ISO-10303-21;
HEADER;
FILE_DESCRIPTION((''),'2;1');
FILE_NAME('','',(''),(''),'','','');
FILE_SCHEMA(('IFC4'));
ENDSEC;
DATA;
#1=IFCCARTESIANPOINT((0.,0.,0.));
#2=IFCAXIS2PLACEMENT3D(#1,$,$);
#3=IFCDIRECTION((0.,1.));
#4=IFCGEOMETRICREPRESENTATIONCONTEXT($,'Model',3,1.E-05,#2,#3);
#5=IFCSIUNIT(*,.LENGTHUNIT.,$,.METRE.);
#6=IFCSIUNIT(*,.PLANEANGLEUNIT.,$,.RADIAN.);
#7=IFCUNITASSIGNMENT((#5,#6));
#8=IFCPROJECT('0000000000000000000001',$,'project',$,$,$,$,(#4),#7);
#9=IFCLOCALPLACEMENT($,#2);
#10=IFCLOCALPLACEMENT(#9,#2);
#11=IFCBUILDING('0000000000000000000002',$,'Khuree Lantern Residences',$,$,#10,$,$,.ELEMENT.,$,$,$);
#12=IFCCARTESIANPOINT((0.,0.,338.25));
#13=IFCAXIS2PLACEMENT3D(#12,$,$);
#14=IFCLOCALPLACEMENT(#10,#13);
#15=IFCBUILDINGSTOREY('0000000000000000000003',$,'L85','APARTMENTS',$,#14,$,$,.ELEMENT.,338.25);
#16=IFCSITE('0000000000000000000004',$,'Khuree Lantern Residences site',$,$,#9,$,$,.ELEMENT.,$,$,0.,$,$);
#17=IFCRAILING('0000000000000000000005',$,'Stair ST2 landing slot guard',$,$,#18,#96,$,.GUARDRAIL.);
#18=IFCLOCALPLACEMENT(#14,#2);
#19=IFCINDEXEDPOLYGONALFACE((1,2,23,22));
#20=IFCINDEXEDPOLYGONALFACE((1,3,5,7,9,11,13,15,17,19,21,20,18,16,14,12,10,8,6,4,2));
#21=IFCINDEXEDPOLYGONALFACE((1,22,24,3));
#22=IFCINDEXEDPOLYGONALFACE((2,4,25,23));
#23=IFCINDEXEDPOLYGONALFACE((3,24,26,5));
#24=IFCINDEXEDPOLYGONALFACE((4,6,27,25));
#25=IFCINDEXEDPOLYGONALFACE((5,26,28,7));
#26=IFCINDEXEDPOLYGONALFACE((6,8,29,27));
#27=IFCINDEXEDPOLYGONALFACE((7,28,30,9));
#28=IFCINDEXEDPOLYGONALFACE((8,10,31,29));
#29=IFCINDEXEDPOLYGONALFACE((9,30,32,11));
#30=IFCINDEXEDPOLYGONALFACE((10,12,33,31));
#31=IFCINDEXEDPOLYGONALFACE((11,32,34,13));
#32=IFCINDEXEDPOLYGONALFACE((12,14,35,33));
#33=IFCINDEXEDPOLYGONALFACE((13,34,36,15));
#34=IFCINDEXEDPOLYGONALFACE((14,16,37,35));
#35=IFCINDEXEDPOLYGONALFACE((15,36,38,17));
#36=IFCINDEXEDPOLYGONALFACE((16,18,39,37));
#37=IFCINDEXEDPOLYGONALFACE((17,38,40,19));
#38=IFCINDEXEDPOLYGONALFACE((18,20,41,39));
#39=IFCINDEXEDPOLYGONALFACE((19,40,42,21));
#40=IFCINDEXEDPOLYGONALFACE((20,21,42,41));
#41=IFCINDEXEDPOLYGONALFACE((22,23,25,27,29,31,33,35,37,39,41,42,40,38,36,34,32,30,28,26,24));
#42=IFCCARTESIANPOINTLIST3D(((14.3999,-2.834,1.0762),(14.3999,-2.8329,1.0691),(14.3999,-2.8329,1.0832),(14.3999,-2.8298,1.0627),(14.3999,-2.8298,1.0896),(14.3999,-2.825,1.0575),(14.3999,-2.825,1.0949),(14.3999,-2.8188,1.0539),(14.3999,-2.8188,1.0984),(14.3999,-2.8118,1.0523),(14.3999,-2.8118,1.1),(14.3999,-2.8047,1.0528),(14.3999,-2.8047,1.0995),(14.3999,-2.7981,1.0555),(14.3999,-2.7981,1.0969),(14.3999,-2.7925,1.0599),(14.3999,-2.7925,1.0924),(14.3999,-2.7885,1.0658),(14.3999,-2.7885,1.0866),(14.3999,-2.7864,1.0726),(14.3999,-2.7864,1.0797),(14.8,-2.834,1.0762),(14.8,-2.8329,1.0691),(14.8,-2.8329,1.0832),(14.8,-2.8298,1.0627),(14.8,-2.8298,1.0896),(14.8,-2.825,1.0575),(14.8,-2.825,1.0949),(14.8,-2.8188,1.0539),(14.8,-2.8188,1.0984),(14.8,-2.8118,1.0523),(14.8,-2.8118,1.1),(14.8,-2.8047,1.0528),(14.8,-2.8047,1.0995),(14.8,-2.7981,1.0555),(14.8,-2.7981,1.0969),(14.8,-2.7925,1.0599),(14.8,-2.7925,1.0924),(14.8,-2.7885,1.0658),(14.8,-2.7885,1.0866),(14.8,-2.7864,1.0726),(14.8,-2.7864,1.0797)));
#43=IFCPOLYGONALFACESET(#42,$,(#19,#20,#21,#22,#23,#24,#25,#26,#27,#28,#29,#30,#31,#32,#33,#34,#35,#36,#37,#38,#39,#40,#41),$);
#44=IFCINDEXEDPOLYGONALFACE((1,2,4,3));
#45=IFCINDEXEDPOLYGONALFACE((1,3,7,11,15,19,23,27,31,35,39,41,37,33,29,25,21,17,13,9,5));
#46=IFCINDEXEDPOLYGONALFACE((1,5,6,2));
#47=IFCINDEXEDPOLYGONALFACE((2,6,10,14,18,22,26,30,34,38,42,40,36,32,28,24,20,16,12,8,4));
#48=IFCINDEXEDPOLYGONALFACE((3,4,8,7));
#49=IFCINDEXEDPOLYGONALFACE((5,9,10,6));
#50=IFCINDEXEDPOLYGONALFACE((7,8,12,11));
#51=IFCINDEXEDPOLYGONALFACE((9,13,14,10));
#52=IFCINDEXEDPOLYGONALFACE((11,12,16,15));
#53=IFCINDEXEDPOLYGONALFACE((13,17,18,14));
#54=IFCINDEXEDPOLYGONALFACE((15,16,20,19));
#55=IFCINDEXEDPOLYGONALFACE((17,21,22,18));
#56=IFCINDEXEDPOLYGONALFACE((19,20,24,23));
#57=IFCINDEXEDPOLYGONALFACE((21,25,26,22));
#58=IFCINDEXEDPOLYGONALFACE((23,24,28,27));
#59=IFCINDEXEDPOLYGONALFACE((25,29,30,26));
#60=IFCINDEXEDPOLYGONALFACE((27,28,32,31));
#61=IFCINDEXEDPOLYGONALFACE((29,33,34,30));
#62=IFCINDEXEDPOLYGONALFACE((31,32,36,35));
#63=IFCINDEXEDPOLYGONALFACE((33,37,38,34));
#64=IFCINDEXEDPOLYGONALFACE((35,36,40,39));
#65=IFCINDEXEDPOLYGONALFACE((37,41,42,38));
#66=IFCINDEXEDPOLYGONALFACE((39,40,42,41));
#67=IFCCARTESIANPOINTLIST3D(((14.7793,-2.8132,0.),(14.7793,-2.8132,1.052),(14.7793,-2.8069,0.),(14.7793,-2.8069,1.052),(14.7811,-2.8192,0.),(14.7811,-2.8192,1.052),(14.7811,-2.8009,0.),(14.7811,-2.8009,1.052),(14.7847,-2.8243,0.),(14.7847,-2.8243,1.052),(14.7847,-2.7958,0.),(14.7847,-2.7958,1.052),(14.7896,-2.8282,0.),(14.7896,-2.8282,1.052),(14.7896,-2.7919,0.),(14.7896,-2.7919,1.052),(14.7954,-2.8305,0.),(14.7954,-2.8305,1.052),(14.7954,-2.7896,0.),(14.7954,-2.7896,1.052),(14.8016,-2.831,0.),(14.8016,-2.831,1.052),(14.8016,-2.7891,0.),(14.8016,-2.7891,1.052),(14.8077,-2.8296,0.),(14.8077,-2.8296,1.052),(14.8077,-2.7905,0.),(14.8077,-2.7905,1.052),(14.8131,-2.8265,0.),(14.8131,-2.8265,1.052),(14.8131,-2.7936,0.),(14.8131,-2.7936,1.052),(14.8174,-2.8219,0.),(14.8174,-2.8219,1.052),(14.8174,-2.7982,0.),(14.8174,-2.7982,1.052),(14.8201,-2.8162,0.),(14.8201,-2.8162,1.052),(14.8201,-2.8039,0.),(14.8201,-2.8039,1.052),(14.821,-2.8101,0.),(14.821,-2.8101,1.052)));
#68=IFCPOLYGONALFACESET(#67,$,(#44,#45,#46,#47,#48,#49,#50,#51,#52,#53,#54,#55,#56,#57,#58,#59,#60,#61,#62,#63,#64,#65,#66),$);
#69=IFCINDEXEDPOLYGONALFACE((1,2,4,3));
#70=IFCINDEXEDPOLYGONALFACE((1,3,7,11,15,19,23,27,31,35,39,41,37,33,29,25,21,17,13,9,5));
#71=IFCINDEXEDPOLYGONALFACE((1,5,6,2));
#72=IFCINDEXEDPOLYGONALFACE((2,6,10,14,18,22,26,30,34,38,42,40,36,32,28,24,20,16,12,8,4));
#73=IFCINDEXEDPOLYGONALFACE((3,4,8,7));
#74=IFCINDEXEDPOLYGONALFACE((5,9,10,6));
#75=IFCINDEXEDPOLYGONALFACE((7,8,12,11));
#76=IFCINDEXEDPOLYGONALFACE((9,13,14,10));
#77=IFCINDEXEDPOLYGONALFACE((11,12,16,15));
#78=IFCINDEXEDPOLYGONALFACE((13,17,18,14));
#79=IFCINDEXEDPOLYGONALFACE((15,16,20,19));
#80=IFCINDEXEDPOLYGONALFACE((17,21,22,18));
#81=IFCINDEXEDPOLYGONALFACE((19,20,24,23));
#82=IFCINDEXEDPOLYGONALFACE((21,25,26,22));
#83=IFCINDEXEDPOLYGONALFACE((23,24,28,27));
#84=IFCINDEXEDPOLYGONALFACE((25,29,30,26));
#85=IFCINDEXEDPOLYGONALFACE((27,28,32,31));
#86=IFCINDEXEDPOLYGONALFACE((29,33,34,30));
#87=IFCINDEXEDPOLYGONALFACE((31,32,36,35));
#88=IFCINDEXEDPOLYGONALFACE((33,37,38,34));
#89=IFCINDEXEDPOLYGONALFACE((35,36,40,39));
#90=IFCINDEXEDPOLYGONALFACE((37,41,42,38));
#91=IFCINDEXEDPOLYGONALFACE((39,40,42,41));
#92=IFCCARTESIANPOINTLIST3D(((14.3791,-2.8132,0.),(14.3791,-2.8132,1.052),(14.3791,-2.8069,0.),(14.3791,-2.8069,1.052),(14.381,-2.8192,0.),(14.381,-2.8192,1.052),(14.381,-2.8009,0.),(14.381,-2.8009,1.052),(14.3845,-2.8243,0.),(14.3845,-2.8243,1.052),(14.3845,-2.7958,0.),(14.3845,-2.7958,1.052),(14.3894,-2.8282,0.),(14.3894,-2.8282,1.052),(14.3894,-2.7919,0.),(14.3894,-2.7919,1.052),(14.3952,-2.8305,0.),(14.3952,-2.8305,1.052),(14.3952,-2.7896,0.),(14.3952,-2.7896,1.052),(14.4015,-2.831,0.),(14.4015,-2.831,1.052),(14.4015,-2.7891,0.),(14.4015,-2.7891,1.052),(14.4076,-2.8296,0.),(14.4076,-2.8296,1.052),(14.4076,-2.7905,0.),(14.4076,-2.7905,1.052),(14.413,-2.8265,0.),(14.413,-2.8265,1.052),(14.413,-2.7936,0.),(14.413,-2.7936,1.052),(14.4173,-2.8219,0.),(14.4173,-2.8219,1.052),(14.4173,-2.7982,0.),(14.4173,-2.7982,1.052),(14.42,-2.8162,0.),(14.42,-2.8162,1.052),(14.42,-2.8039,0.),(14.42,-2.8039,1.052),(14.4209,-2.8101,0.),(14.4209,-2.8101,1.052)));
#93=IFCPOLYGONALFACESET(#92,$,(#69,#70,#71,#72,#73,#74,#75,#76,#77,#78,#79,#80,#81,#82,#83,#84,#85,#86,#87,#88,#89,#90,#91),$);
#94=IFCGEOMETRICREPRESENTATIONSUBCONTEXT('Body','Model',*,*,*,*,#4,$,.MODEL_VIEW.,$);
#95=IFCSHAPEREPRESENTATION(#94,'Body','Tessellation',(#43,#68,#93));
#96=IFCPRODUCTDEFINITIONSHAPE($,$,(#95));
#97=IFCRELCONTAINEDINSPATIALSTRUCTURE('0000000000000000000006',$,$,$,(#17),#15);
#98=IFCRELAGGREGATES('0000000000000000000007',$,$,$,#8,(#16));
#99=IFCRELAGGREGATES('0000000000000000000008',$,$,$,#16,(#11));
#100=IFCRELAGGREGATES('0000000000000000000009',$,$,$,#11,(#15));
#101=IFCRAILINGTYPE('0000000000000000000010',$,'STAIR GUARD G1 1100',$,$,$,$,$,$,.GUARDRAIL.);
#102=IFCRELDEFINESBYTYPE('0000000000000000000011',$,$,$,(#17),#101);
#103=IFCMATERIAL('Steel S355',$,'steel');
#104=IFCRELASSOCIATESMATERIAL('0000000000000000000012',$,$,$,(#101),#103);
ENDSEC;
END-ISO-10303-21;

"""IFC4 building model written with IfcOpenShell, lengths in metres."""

from ifc_helpers import new_model, si_unit, direction, frame, origin, origin_2d, place, context, subcontext, project, spatial, circle, extrude, material, type_object, element, save


model = new_model("IFC4")

# Units and contexts
model_context = context("Model", 3, precision=1e-05, world=origin(), true_north=direction((0.0, 1.0)))
body_context = subcontext(model_context, "Body", "Model", "MODEL_VIEW")
ifc_project = project(units=[si_unit("LENGTHUNIT", "METRE"), si_unit("PLANEANGLEUNIT", "RADIAN")], contexts=[model_context])

# Site, building, storey
site_placement = place(None, origin())
site = spatial("IfcSite", under=ifc_project, at=site_placement, Name="Khuree Lantern Residences site", CompositionType="ELEMENT", RefElevation=0.0)
building_placement = place(site_placement, origin())
building = spatial("IfcBuilding", under=site, at=building_placement, Name="Khuree Lantern Residences", CompositionType="ELEMENT")
storey_placement = place(building_placement, frame((0.0, 0.0, 338.25)))
storey = spatial("IfcBuildingStorey", under=building, at=storey_placement, Name="L85", Description="APARTMENTS", CompositionType="ELEMENT", Elevation=338.25)

# Shared definitions
ifc_material_1 = material(Name="Steel S355", Category="steel")

# Railing
railing_type_1 = type_object("IfcRailingType", Name="STAIR GUARD G1 1100", PredefinedType="GUARDRAIL", material=ifc_material_1)
railing_1_placement = place(storey_placement, frame((14.8, -2.8101, 0.0)))
element("IfcRailing", 1, at=railing_1_placement, inside=storey, type_object=railing_type_1, Name="Stair ST2 landing slot guard", PredefinedType="GUARDRAIL", context=body_context, shape_type="SweptSolid", body=[
    extrude(circle(Radius=0.0239, at=origin_2d()), frame((0.0, 0.0, 1.0762), z_axis=(-1.0, 0.0, 0.0), x_axis=(0.0, -1.0, 0.0)), (0.0, 0.0, 1.0), 0.4001),
    extrude(circle(Radius=0.021, at=origin_2d()), origin(), (0.0, 0.0, 1.0), 1.052),
    extrude(circle(Radius=0.021, at=origin_2d()), frame((-0.4001, 0.0, 0.0)), (0.0, 0.0, 1.0), 1.052),
])

save(model, "model.ifc")
